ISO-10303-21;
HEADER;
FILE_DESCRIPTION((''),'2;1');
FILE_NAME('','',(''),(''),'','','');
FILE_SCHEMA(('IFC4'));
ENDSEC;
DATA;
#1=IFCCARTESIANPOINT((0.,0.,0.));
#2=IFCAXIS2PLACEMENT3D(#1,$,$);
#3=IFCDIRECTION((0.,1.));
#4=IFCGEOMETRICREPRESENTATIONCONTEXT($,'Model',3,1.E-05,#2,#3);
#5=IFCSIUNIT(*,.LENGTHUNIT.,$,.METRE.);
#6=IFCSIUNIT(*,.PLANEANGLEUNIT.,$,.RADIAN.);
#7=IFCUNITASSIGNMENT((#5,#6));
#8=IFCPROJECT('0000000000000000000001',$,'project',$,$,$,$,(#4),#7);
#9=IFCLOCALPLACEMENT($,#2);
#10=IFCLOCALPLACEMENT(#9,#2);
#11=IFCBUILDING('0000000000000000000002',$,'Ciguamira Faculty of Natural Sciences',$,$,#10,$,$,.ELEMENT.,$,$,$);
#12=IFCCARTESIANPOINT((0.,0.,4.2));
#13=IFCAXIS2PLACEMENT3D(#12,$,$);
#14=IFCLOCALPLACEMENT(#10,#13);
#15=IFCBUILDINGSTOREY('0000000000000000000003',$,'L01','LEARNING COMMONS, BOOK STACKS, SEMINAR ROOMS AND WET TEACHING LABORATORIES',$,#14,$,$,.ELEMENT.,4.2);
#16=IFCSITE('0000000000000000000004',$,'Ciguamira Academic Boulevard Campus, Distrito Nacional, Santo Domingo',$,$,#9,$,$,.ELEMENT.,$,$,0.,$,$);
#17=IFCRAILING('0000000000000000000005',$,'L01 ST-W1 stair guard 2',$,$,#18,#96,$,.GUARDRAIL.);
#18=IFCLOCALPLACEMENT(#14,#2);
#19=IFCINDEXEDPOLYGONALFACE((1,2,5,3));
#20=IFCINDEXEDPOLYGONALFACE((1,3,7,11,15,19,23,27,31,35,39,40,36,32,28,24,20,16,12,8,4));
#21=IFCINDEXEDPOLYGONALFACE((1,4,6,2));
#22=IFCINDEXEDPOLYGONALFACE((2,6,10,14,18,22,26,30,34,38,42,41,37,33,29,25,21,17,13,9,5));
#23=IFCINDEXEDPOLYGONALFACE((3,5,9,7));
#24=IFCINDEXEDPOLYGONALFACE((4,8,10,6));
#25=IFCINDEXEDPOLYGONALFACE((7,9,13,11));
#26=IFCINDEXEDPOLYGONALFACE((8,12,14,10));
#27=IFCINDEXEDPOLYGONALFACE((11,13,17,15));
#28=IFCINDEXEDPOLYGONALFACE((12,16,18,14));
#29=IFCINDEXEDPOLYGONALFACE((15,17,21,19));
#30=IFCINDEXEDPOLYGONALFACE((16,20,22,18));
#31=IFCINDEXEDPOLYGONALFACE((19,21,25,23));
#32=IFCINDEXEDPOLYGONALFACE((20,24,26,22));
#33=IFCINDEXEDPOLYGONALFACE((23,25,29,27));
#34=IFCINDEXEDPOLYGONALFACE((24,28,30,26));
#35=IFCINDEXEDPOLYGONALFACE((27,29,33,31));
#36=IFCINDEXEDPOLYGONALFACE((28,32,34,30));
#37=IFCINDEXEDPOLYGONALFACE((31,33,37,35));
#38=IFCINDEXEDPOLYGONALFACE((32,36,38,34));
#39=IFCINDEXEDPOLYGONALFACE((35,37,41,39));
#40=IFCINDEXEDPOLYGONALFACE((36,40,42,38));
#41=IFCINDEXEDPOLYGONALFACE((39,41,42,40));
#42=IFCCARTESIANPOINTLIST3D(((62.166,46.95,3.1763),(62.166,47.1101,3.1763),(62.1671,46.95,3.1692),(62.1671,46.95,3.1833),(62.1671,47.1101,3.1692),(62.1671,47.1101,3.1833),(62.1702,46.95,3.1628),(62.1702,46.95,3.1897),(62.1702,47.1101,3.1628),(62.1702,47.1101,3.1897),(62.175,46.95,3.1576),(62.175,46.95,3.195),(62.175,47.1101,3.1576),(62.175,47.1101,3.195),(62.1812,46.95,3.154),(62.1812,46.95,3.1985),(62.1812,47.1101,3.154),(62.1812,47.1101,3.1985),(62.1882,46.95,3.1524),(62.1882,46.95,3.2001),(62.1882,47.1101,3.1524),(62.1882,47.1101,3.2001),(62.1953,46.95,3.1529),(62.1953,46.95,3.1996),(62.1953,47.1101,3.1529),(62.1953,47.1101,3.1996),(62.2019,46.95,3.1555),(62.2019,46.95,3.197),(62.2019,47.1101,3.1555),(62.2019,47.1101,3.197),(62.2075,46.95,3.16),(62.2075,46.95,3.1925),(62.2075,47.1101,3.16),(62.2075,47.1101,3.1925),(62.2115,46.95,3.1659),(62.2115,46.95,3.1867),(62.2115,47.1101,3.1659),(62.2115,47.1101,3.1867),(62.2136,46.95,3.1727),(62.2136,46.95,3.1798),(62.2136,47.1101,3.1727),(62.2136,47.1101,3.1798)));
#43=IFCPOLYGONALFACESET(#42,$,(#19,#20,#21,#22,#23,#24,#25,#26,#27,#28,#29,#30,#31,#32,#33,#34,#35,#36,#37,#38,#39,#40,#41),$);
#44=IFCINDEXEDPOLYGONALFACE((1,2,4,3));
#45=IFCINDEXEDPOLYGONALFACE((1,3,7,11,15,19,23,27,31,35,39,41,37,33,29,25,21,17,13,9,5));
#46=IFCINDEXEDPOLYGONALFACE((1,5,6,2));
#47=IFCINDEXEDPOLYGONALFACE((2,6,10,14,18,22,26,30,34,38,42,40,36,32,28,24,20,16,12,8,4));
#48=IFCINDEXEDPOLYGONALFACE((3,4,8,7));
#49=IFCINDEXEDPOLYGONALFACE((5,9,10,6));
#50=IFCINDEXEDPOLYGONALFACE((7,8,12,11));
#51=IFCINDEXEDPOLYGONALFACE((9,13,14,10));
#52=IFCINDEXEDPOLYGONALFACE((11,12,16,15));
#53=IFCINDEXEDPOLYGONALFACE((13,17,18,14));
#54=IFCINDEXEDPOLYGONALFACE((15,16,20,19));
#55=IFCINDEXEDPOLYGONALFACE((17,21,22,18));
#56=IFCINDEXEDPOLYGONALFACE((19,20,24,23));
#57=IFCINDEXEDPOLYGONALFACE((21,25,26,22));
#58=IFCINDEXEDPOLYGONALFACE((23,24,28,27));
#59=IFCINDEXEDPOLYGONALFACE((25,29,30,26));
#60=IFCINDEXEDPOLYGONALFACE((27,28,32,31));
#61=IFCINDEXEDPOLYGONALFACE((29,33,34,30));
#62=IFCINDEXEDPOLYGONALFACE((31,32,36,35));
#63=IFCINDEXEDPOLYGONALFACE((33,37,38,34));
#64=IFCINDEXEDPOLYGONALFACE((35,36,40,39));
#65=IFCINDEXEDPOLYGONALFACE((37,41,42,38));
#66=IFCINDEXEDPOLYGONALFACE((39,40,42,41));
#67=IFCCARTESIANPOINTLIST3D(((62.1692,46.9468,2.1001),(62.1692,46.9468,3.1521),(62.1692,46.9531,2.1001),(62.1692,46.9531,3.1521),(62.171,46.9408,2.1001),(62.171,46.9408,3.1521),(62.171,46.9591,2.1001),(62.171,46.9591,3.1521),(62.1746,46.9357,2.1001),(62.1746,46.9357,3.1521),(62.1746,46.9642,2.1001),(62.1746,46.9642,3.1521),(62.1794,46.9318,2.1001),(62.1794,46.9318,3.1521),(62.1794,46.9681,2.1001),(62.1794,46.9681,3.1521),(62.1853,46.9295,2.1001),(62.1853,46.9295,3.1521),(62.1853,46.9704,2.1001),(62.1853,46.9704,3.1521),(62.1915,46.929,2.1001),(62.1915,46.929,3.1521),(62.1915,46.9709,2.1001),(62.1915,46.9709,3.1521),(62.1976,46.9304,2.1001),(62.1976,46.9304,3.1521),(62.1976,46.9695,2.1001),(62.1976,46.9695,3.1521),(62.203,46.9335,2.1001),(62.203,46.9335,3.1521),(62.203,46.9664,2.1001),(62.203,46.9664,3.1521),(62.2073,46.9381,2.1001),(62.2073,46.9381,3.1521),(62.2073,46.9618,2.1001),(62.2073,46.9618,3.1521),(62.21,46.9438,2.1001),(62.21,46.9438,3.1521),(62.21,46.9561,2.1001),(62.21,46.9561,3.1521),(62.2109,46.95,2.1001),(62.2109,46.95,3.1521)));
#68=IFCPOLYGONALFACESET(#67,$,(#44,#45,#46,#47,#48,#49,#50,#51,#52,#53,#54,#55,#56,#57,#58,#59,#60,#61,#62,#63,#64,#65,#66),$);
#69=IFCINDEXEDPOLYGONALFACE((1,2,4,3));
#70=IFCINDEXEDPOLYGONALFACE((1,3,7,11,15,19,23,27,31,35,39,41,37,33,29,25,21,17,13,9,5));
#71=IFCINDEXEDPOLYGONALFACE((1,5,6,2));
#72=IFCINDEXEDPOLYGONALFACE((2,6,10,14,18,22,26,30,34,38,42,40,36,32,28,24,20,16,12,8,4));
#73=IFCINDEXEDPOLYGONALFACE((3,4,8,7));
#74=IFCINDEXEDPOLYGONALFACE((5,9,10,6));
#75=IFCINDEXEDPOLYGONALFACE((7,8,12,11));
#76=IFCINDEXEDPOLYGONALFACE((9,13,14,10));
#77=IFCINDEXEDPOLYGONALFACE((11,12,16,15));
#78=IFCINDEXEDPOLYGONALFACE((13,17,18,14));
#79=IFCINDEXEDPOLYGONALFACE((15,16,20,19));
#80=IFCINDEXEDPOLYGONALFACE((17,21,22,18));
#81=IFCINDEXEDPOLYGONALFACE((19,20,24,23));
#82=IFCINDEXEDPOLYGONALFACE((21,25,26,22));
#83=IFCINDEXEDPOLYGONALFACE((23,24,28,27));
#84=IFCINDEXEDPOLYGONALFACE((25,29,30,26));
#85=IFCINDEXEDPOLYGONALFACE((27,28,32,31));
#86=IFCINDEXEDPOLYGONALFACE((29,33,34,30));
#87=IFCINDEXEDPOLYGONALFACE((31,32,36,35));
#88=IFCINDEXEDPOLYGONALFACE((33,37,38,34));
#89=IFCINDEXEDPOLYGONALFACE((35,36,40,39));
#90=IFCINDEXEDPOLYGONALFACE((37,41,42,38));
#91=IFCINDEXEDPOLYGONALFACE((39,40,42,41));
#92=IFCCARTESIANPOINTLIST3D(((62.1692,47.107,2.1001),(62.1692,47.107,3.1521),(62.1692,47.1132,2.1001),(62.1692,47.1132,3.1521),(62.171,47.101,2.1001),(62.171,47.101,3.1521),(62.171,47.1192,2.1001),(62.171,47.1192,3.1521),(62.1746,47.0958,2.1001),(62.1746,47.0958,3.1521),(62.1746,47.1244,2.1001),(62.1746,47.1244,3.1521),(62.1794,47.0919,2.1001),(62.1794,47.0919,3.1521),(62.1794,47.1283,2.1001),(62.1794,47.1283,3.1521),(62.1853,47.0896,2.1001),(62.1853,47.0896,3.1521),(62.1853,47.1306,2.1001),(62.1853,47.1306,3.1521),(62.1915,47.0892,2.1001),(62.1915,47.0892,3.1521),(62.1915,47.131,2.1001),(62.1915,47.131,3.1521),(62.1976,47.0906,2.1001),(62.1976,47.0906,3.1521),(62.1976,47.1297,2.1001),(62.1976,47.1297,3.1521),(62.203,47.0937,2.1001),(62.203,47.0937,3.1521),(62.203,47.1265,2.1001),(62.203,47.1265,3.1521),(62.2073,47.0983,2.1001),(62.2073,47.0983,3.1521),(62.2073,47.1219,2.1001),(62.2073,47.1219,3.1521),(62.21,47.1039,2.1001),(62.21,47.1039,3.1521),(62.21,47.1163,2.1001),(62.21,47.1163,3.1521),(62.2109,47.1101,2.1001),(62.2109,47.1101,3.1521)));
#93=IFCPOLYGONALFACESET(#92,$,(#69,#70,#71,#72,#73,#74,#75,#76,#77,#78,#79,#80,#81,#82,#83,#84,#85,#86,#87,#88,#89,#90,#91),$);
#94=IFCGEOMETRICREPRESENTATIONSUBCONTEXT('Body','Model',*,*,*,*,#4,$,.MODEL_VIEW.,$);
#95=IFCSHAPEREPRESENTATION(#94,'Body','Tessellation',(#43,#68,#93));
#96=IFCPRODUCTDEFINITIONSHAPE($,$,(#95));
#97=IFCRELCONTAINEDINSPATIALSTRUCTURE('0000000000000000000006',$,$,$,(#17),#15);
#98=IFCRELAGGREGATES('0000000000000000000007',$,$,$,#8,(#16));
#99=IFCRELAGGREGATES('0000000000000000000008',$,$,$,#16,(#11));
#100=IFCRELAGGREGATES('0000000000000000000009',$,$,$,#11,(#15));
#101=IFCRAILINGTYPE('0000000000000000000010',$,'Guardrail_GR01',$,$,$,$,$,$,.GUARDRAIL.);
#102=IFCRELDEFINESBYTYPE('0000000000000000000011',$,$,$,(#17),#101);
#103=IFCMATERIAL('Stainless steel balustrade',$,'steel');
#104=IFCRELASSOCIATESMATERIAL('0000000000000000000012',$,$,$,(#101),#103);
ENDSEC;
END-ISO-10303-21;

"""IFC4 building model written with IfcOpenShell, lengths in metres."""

from ifc_helpers import new_model, si_unit, direction, frame, origin, origin_2d, place, context, subcontext, project, spatial, circle, extrude, material, type_object, element, save


model = new_model("IFC4")

# Units and contexts
model_context = context("Model", 3, precision=1e-05, world=origin(), true_north=direction((0.0, 1.0)))
body_context = subcontext(model_context, "Body", "Model", "MODEL_VIEW")
ifc_project = project(units=[si_unit("LENGTHUNIT", "METRE"), si_unit("PLANEANGLEUNIT", "RADIAN")], contexts=[model_context])

# Site, building, storey
site_placement = place(None, origin())
site = spatial("IfcSite", under=ifc_project, at=site_placement, Name="Ciguamira Academic Boulevard Campus, Distrito Nacional, Santo Domingo", CompositionType="ELEMENT", RefElevation=0.0)
building_placement = place(site_placement, origin())
building = spatial("IfcBuilding", under=site, at=building_placement, Name="Ciguamira Faculty of Natural Sciences", CompositionType="ELEMENT")
storey_placement = place(building_placement, frame((0.0, 0.0, 4.2)))
storey = spatial("IfcBuildingStorey", under=building, at=storey_placement, Name="L01", Description="LEARNING COMMONS, BOOK STACKS, SEMINAR ROOMS AND WET TEACHING LABORATORIES", CompositionType="ELEMENT", Elevation=4.2)

# Railing
ifc_material_1 = material(Name="Stainless steel balustrade", Category="steel")
railing_type_1 = type_object("IfcRailingType", Name="Guardrail_GR01", PredefinedType="GUARDRAIL", material=ifc_material_1)
railing_1_placement = place(storey_placement, frame((62.1899, 46.95, 2.1001)))
element("IfcRailing", 1, at=railing_1_placement, inside=storey, type_object=railing_type_1, Name="L01 ST-W1 stair guard 2", PredefinedType="GUARDRAIL", context=body_context, shape_type="SweptSolid", body=[
    extrude(circle(Radius=0.0239, at=origin_2d()), frame((0.0, 0.0, 1.0762), z_axis=(0.0, 1.0, 0.0), x_axis=(-1.0, 0.0, 0.0)), (0.0, 0.0, 1.0), 0.1602),
    extrude(circle(Radius=0.021, at=origin_2d()), origin(), (0.0, 0.0, 1.0), 1.052),
    extrude(circle(Radius=0.021, at=origin_2d()), frame((0.0, 0.1602, 0.0)), (0.0, 0.0, 1.0), 1.052),
])

save(model, "model.ifc")
